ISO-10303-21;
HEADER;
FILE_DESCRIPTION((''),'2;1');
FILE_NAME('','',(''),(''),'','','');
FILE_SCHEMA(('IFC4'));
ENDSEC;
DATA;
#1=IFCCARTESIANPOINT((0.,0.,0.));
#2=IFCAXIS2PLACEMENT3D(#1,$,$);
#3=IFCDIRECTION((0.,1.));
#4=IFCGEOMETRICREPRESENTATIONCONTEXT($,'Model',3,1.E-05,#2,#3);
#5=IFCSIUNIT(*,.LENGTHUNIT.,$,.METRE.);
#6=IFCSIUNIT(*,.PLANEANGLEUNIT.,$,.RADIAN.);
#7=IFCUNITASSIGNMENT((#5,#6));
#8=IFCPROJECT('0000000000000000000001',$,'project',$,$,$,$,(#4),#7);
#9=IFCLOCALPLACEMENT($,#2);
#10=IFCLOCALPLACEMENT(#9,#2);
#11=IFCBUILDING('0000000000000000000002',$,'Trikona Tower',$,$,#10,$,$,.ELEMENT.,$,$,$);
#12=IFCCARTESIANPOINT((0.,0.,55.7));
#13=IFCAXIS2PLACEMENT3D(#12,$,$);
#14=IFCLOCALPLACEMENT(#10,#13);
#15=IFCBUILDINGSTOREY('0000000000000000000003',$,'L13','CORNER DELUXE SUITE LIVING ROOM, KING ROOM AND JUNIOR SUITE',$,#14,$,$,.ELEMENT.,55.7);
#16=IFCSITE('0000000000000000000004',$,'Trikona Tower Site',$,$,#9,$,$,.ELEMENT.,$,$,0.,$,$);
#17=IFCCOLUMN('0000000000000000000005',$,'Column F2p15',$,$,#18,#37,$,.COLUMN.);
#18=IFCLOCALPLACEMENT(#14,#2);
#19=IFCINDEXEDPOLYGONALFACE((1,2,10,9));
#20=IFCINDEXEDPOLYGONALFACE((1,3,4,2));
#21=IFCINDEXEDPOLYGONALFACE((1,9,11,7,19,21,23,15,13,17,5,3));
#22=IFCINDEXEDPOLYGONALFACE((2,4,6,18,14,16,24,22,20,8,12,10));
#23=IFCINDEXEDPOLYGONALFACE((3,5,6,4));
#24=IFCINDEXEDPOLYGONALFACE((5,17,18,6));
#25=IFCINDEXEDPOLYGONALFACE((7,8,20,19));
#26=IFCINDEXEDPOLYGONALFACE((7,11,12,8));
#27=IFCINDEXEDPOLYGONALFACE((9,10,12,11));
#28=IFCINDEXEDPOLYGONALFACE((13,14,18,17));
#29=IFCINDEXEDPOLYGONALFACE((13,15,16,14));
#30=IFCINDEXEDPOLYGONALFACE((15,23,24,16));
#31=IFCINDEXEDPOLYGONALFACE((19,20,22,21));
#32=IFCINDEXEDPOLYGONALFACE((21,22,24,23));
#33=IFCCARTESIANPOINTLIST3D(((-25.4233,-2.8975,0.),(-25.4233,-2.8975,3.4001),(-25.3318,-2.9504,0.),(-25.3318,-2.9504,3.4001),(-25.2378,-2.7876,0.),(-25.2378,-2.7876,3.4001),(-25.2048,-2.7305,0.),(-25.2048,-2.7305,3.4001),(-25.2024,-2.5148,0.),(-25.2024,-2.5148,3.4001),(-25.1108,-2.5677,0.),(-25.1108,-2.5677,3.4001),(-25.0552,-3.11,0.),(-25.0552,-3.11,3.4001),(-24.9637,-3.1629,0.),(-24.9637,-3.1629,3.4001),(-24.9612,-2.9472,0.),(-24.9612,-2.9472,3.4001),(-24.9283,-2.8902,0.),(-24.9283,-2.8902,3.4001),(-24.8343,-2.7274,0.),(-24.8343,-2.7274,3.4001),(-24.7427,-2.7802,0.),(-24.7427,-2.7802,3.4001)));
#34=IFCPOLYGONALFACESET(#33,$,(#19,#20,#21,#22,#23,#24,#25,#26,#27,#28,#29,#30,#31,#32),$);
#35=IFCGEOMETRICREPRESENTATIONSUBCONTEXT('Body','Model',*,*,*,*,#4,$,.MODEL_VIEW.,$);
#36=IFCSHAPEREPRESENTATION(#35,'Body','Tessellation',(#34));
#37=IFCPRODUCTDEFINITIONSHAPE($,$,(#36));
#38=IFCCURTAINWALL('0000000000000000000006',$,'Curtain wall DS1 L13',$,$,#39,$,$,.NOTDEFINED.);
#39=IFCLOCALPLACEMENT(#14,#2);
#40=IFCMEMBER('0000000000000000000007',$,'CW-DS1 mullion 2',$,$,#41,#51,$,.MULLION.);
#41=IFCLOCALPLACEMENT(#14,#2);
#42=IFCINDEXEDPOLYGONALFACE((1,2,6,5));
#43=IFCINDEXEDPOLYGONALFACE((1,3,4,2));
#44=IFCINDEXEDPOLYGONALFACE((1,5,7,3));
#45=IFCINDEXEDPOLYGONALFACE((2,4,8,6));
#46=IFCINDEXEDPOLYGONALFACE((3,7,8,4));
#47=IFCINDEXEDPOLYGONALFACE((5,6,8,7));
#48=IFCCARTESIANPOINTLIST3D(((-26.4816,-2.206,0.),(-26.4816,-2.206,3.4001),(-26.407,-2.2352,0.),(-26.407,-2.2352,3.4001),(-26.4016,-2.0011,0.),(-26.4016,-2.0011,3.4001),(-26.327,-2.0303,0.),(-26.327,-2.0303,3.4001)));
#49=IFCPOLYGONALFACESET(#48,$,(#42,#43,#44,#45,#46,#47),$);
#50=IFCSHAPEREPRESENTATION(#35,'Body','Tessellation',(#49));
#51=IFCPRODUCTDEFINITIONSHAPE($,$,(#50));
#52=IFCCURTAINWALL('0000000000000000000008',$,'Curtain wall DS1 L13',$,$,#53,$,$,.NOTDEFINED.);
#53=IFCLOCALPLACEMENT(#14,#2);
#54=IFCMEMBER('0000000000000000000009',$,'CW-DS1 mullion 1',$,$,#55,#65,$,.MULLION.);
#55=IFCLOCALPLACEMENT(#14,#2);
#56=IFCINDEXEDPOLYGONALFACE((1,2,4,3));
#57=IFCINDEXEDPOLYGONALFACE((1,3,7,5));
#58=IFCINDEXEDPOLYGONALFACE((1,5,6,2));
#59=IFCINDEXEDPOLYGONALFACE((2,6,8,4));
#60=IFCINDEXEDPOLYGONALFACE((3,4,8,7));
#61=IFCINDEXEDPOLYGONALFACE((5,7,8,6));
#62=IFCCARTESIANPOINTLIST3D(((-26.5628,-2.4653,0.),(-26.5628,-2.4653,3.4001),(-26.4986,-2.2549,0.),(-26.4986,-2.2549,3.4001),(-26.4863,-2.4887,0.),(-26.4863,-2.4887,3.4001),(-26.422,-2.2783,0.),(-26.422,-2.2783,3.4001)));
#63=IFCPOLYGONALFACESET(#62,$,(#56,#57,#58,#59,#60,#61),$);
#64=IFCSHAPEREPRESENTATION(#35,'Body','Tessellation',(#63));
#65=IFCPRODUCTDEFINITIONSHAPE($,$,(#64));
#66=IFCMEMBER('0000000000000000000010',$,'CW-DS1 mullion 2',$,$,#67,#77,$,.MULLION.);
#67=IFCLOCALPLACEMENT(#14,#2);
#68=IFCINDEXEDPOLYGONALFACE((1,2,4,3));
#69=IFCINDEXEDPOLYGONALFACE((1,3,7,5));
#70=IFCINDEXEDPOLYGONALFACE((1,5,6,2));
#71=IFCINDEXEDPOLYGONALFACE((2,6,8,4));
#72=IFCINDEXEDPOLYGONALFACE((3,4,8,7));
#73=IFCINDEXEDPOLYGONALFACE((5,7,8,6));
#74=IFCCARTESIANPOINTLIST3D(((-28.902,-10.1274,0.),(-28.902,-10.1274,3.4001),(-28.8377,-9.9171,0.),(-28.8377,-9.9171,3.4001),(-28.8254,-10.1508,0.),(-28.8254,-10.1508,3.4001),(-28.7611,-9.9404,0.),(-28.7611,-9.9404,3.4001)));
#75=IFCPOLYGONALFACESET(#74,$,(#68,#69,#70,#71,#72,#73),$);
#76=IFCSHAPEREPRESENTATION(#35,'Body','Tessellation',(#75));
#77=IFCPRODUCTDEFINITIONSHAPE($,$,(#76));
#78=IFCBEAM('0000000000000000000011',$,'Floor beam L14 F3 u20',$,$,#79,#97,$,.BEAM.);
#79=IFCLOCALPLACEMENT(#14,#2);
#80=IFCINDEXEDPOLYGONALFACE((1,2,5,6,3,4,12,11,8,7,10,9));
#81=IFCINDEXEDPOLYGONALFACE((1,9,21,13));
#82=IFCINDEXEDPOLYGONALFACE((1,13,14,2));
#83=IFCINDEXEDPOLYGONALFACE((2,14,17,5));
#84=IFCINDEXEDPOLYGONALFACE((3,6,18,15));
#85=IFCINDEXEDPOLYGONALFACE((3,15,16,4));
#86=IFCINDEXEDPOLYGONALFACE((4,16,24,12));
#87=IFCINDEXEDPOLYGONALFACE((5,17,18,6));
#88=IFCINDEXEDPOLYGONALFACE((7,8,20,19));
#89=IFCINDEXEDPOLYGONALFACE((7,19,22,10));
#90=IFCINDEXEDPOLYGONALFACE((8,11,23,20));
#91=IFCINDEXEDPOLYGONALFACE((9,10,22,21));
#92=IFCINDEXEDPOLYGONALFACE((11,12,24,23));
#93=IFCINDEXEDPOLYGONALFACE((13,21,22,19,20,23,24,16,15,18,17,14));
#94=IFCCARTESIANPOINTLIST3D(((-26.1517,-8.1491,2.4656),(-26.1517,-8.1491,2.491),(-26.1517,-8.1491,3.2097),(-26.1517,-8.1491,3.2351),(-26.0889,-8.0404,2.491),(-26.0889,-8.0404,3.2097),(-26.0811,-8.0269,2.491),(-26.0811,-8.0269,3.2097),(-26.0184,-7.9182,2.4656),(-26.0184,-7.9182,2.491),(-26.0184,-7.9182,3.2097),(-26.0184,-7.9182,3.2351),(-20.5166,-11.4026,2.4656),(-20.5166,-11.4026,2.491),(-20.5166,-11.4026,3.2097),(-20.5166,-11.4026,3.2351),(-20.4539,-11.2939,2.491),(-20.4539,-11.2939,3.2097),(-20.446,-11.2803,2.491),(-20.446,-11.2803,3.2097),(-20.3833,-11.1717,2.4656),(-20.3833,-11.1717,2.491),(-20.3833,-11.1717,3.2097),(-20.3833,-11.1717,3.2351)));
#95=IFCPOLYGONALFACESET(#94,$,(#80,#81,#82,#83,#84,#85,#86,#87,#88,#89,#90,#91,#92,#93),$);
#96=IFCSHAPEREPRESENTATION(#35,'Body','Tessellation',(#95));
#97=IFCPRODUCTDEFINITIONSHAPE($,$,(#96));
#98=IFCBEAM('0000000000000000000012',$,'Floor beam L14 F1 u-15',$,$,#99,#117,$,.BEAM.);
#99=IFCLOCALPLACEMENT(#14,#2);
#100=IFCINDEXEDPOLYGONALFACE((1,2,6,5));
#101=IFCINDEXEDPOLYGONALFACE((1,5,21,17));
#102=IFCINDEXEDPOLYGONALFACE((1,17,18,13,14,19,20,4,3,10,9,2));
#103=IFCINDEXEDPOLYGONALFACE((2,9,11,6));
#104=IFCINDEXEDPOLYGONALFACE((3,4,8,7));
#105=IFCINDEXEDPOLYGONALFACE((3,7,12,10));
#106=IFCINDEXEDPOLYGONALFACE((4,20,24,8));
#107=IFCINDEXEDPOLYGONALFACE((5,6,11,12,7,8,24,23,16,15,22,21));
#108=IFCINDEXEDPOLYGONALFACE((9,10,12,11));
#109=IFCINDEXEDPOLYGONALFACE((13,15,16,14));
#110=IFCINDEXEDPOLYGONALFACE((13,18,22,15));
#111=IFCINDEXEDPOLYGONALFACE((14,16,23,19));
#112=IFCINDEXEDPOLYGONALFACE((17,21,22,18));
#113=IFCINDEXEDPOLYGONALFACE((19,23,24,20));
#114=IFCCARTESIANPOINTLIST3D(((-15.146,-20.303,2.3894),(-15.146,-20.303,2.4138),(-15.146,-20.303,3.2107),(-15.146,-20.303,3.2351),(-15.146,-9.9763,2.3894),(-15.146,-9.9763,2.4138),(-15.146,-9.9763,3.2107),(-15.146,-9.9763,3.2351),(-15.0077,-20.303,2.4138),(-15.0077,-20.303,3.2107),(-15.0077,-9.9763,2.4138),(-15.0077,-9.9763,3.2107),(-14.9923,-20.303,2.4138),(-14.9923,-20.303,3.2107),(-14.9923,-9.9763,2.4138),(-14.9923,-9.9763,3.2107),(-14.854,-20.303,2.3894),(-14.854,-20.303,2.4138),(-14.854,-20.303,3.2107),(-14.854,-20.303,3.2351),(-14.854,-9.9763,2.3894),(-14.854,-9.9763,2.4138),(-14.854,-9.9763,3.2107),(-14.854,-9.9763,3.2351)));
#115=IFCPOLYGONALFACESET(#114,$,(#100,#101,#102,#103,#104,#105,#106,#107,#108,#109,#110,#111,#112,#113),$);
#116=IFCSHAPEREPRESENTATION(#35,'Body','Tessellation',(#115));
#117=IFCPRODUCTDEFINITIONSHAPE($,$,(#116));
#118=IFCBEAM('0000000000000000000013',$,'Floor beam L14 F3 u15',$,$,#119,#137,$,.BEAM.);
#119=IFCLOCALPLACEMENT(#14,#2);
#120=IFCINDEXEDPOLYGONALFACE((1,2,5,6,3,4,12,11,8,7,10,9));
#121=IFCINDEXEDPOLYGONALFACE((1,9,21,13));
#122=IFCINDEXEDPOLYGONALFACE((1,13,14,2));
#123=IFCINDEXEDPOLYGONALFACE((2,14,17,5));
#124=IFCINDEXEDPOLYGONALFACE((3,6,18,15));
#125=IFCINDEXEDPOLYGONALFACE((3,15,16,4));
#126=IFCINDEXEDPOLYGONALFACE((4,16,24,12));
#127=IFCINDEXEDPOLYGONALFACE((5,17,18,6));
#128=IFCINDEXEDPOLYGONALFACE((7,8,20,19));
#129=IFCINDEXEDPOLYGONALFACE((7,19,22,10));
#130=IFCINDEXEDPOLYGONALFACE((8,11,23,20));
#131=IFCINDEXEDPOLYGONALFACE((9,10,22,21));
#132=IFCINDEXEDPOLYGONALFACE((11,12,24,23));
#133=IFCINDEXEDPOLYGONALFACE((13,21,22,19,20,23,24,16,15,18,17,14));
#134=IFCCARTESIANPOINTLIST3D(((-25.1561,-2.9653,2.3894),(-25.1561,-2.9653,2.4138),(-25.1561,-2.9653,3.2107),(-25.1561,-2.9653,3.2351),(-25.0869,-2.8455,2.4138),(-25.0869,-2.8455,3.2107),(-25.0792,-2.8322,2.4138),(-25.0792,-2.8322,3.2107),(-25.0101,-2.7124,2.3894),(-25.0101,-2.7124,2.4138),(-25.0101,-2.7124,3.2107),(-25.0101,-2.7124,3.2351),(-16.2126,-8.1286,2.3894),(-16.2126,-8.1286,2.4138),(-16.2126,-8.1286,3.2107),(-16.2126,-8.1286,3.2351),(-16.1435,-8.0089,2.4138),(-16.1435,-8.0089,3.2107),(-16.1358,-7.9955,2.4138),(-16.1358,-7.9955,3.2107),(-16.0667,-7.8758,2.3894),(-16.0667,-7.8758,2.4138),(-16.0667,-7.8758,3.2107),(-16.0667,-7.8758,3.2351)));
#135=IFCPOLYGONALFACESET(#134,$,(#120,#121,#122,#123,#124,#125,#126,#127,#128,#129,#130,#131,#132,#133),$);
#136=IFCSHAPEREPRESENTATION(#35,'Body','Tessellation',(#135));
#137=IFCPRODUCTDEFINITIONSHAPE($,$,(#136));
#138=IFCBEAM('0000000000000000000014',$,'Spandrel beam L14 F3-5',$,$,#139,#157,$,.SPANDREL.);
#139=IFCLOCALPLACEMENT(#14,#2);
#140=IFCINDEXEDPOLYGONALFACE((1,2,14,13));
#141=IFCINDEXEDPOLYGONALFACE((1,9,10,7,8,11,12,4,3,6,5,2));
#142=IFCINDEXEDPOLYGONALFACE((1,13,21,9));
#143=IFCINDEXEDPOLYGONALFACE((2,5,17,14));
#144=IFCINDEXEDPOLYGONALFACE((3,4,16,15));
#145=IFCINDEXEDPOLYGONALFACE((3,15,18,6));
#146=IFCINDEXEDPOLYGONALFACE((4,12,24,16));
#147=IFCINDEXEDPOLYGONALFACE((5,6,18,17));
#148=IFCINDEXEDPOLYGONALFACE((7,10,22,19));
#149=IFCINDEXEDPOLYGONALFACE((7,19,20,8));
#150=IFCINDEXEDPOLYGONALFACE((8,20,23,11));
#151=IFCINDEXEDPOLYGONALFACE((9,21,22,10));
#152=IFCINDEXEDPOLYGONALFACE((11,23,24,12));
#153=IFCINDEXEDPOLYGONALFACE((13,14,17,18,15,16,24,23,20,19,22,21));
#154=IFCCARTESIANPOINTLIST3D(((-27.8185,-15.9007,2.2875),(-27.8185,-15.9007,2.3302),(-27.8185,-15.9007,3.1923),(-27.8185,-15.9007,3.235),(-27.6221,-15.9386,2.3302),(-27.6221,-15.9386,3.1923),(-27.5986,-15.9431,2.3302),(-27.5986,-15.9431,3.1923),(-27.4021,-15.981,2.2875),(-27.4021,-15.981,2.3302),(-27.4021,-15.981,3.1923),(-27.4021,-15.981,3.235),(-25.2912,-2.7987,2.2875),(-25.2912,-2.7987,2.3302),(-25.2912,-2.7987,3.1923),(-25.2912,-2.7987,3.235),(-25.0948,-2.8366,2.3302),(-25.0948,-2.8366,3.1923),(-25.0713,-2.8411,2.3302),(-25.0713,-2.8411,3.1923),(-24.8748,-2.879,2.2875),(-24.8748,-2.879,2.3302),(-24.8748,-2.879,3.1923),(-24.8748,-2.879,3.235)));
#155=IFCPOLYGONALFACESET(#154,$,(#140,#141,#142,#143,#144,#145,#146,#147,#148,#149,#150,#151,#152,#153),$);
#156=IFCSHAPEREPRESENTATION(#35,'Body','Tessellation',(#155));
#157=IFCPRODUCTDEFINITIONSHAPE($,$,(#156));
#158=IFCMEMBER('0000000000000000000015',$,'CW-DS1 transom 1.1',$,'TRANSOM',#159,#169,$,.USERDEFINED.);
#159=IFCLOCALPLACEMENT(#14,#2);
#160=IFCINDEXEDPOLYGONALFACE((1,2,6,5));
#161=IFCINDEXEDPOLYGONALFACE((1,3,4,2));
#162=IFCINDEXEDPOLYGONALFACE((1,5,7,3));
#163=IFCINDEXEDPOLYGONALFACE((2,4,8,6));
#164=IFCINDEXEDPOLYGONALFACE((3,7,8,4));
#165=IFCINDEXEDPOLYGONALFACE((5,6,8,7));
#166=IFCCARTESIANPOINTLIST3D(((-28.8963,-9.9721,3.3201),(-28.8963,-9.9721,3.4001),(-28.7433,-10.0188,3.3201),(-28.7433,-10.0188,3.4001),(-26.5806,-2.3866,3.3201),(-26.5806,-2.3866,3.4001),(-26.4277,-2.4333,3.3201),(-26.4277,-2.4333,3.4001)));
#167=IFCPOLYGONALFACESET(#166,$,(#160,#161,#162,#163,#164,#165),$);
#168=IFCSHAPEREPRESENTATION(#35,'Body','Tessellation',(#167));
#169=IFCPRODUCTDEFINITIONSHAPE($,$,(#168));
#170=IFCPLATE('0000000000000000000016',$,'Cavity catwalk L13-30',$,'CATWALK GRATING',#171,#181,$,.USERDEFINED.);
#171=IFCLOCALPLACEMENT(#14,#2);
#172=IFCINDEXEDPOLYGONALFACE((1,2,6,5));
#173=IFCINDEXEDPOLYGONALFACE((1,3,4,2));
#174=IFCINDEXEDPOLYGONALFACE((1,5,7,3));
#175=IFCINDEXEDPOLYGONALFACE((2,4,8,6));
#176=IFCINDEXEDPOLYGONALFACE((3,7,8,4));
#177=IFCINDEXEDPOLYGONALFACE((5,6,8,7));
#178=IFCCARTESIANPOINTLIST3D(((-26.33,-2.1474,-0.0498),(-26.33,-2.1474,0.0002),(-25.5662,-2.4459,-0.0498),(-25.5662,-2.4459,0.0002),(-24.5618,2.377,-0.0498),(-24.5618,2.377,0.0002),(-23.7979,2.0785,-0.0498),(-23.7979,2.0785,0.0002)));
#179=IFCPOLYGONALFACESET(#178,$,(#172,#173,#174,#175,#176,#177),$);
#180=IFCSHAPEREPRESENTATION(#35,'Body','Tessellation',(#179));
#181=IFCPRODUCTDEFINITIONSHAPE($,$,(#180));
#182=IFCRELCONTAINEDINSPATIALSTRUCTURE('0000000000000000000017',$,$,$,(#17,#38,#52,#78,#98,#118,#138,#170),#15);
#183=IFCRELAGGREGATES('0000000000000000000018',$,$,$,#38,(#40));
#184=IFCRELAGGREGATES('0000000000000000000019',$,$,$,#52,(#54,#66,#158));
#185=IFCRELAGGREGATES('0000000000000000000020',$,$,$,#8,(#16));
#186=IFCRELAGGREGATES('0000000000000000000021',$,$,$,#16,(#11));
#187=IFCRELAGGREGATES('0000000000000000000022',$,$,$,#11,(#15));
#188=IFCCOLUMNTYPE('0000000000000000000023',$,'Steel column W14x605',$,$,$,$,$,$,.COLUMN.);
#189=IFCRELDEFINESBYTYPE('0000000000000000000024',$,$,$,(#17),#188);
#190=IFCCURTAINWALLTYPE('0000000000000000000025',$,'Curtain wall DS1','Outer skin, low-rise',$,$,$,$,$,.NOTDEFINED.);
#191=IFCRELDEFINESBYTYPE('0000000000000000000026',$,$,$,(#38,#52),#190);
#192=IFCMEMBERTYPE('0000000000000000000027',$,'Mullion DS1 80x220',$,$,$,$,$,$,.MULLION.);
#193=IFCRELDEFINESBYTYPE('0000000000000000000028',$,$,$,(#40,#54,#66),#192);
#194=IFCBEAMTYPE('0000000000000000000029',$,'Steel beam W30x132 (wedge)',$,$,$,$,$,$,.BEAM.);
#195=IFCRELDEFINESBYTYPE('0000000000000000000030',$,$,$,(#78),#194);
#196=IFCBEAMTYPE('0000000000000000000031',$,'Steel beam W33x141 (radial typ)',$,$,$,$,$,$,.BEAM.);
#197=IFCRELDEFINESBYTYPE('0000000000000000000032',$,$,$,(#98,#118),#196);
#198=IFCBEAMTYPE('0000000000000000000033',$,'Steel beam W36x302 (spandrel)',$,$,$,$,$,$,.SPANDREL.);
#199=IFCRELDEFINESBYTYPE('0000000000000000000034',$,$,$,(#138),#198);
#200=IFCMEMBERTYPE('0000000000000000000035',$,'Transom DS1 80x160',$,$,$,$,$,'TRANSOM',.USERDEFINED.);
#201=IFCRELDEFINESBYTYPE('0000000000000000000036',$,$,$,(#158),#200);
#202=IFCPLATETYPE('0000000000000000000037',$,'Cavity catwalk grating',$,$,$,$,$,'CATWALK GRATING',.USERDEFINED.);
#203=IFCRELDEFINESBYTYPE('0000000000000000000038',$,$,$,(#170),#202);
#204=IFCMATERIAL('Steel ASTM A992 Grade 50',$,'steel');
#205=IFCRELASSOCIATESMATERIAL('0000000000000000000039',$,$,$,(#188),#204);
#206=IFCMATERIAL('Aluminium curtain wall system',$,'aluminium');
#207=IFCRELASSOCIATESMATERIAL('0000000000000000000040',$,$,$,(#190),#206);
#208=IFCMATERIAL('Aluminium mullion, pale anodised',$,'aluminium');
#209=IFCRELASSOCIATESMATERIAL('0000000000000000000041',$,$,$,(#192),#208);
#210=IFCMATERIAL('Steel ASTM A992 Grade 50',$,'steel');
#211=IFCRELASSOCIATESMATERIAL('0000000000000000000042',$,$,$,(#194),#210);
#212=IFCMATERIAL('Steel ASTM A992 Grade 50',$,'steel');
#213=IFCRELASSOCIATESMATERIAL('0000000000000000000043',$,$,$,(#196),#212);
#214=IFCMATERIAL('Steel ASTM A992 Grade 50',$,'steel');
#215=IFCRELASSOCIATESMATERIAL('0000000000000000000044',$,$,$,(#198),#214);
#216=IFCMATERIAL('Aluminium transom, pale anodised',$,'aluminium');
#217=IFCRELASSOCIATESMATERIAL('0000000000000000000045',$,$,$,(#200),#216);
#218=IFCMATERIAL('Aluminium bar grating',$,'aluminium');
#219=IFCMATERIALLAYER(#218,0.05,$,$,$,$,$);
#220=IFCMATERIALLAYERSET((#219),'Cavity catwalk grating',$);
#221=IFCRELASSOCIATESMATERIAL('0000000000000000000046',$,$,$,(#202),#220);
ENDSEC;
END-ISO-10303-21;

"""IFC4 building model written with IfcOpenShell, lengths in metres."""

from ifc_helpers import new_model, si_unit, direction, frame, origin, origin_2d, place, context, subcontext, project, spatial, rectangle, i_section, extrude, material, layer, layer_set, material_profile, profile_set, type_object, element, aggregate, save


model = new_model("IFC4")

# Units and contexts
model_context = context("Model", 3, precision=1e-05, world=origin(), true_north=direction((0.0, 1.0)))
body_context = subcontext(model_context, "Body", "Model", "MODEL_VIEW")
ifc_project = project(units=[si_unit("LENGTHUNIT", "METRE"), si_unit("PLANEANGLEUNIT", "RADIAN")], contexts=[model_context])

# Site, building, storey
site_placement = place(None, origin())
site = spatial("IfcSite", under=ifc_project, at=site_placement, Name="Trikona Tower Site", CompositionType="ELEMENT", RefElevation=0.0)
building_placement = place(site_placement, origin())
building = spatial("IfcBuilding", under=site, at=building_placement, Name="Trikona Tower", CompositionType="ELEMENT")
storey_placement = place(building_placement, frame((0.0, 0.0, 55.7)))
storey = spatial("IfcBuildingStorey", under=building, at=storey_placement, Name="L13", Description="CORNER DELUXE SUITE LIVING ROOM, KING ROOM AND JUNIOR SUITE", CompositionType="ELEMENT", Elevation=55.7)

# Column
ifc_material_1 = material(Name="Steel ASTM A992 Grade 50", Category="steel")
ifc_material_profile_1 = material_profile(ifc_material_1, i_section(OverallWidth=0.4419, OverallDepth=0.5308, WebThickness=0.0659, FlangeThickness=0.1057, at=origin_2d()), Name="W14X605")
ifc_profile_set_1 = profile_set([ifc_material_profile_1], Name="Steel ASTM A992 Grade 50")
column_type = type_object("IfcColumnType", Name="Steel column W14x605", PredefinedType="COLUMN", material=ifc_profile_set_1)
column_placement = place(storey_placement, frame((-25.083, -2.8389, 0.0), z_axis=(0.0, 0.0, 1.0), x_axis=(-0.5, -0.866025, 0.0)))
element("IfcColumn", 1, at=column_placement, inside=storey, type_object=column_type, Name="Column F2p15", PredefinedType="COLUMN", context=body_context, shape_type="SweptSolid", body=[
    extrude(i_section(OverallWidth=0.4419, OverallDepth=0.5308, WebThickness=0.0659, FlangeThickness=0.1057, at=origin_2d()), origin(), (0.0, 0.0, 1.0), 3.4001),
])

# Curtain wall, member
ifc_material_2 = material(Name="Aluminium curtain wall system", Category="aluminium")
curtain_wall_type = type_object("IfcCurtainWallType", Name="Curtain wall DS1", Description="Outer skin, low-rise", PredefinedType="NOTDEFINED", material=ifc_material_2)
curtain_wall_1_placement = place(storey_placement, origin())
curtain_wall_1 = element("IfcCurtainWall", 2, at=curtain_wall_1_placement, inside=storey, type_object=curtain_wall_type, Name="Curtain wall DS1 L13", PredefinedType="NOTDEFINED")
ifc_material_3 = material(Name="Aluminium mullion, pale anodised", Category="aluminium")
ifc_material_profile_2 = material_profile(ifc_material_3, rectangle(XDim=0.0801, YDim=0.22, at=origin_2d()), Name="MUL-DS1")
ifc_profile_set_2 = profile_set([ifc_material_profile_2], Name="Aluminium mullion, pale anodised")
member_type_1 = type_object("IfcMemberType", Name="Mullion DS1 80x220", PredefinedType="MULLION", material=ifc_profile_set_2)
member_1_placement = place(storey_placement, frame((-26.4043, -2.1182, 0.0), z_axis=(0.0, 0.0, 1.0), x_axis=(0.931396, -0.364008, 0.0)))
member_1 = element("IfcMember", 3, at=member_1_placement, type_object=member_type_1, Name="CW-DS1 mullion 2", PredefinedType="MULLION", context=body_context, shape_type="SweptSolid", body=[
    extrude(rectangle(XDim=0.0801, YDim=0.22, at=origin_2d()), origin(), (0.0, 0.0, 1.0), 3.4001),
])

# Curtain wall, members
curtain_wall_2_placement = place(storey_placement, origin())
curtain_wall_2 = element("IfcCurtainWall", 4, at=curtain_wall_2_placement, inside=storey, type_object=curtain_wall_type, Name="Curtain wall DS1 L13", PredefinedType="NOTDEFINED")
member_2_placement = place(storey_placement, frame((-26.4924, -2.3718, 0.0), z_axis=(0.0, 0.0, 1.0), x_axis=(0.956423, -0.291984, 0.0)))
member_2 = element("IfcMember", 5, at=member_2_placement, type_object=member_type_1, Name="CW-DS1 mullion 1", PredefinedType="MULLION", context=body_context, shape_type="SweptSolid", body=[
    extrude(rectangle(XDim=0.0801, YDim=0.22, at=origin_2d()), origin(), (0.0, 0.0, 1.0), 3.4001),
])
member_3_placement = place(storey_placement, frame((-28.8315, -10.0339, 0.0), z_axis=(0.0, 0.0, 1.0), x_axis=(0.956423, -0.291984, 0.0)))
member_3 = element("IfcMember", 6, at=member_3_placement, type_object=member_type_1, Name="CW-DS1 mullion 2", PredefinedType="MULLION", context=body_context, shape_type="SweptSolid", body=[
    extrude(rectangle(XDim=0.0801, YDim=0.22, at=origin_2d()), origin(), (0.0, 0.0, 1.0), 3.4001),
])

# Beams
ifc_material_4 = material(Name="Steel ASTM A992 Grade 50", Category="steel")
ifc_material_profile_3 = material_profile(ifc_material_4, i_section(OverallWidth=0.2666, OverallDepth=0.7695, WebThickness=0.0156, FlangeThickness=0.0254, at=origin_2d()), Name="W30X132")
ifc_profile_set_3 = profile_set([ifc_material_profile_3], Name="Steel ASTM A992 Grade 50")
beam_type_1 = type_object("IfcBeamType", Name="Steel beam W30x132 (wedge)", PredefinedType="BEAM", material=ifc_profile_set_3)
beam_1_placement = place(storey_placement, frame((-20.45, -11.2871, 2.8503), z_axis=(-0.866023, 0.500005, 0.0), x_axis=(-0.500005, -0.866023, 0.0)))
element("IfcBeam", 7, at=beam_1_placement, inside=storey, type_object=beam_type_1, Name="Floor beam L14 F3 u20", PredefinedType="BEAM", context=body_context, shape_type="SweptSolid", body=[
    extrude(i_section(OverallWidth=0.2666, OverallDepth=0.7695, WebThickness=0.0156, FlangeThickness=0.0254, at=origin_2d()), origin(), (0.0, 0.0, 1.0), 6.5068),
])
ifc_material_5 = material(Name="Steel ASTM A992 Grade 50", Category="steel")
ifc_material_profile_4 = material_profile(ifc_material_5, i_section(OverallWidth=0.292, OverallDepth=0.8457, WebThickness=0.0154, FlangeThickness=0.0244, at=origin_2d()), Name="W33X141")
ifc_profile_set_4 = profile_set([ifc_material_profile_4], Name="Steel ASTM A992 Grade 50")
beam_type_2 = type_object("IfcBeamType", Name="Steel beam W33x141 (radial typ)", PredefinedType="BEAM", material=ifc_profile_set_4)
beam_2_placement = place(storey_placement, frame((-15.0, -9.9763, 2.8123), z_axis=(0.0, -1.0, 0.0), x_axis=(1.0, 0.0, 0.0)))
element("IfcBeam", 8, at=beam_2_placement, inside=storey, type_object=beam_type_2, Name="Floor beam L14 F1 u-15", PredefinedType="BEAM", context=body_context, shape_type="SweptSolid", body=[
    extrude(i_section(OverallWidth=0.292, OverallDepth=0.8457, WebThickness=0.0154, FlangeThickness=0.0244, at=origin_2d()), origin(), (0.0, 0.0, 1.0), 10.3267),
])
beam_3_placement = place(storey_placement, frame((-16.1396, -8.0022, 2.8123), z_axis=(-0.86603, 0.499991, 0.0), x_axis=(-0.499991, -0.86603, 0.0)))
element("IfcBeam", 9, at=beam_3_placement, inside=storey, type_object=beam_type_2, Name="Floor beam L14 F3 u15", PredefinedType="BEAM", context=body_context, shape_type="SweptSolid", body=[
    extrude(i_section(OverallWidth=0.292, OverallDepth=0.8457, WebThickness=0.0154, FlangeThickness=0.0244, at=origin_2d()), origin(), (0.0, 0.0, 1.0), 10.3269),
])
ifc_material_6 = material(Name="Steel ASTM A992 Grade 50", Category="steel")
ifc_material_profile_5 = material_profile(ifc_material_6, i_section(OverallWidth=0.4241, OverallDepth=0.9475, WebThickness=0.0239, FlangeThickness=0.0427, at=origin_2d()), Name="W36X302")
ifc_profile_set_5 = profile_set([ifc_material_profile_5], Name="Steel ASTM A992 Grade 50")
beam_type_3 = type_object("IfcBeamType", Name="Steel beam W36x302 (spandrel)", PredefinedType="SPANDREL", material=ifc_profile_set_5)
beam_4_placement = place(storey_placement, frame((-25.083, -2.8389, 2.7612), z_axis=(-0.189405, -0.981899, 0.0), x_axis=(0.981899, -0.189405, 0.0)))
element("IfcBeam", 10, at=beam_4_placement, inside=storey, type_object=beam_type_3, Name="Spandrel beam L14 F3-5", PredefinedType="SPANDREL", context=body_context, shape_type="SweptSolid", body=[
    extrude(i_section(OverallWidth=0.4241, OverallDepth=0.9475, WebThickness=0.0239, FlangeThickness=0.0427, at=origin_2d()), origin(), (0.0, 0.0, 1.0), 13.3435),
])

# Member
ifc_material_7 = material(Name="Aluminium transom, pale anodised", Category="aluminium")
ifc_material_profile_6 = material_profile(ifc_material_7, rectangle(XDim=0.1599, YDim=0.0801, at=origin_2d()), Name="TRN-DS1")
ifc_profile_set_6 = profile_set([ifc_material_profile_6], Name="Aluminium transom, pale anodised")
member_type_2 = type_object("IfcMemberType", Name="Transom DS1 80x160", ElementType="TRANSOM", PredefinedType="USERDEFINED", material=ifc_profile_set_6)
member_4_placement = place(storey_placement, frame((-26.5042, -2.4099, 3.3601), z_axis=(-0.291967, -0.956428, 0.0), x_axis=(0.956428, -0.291967, 0.0)))
member_4 = element("IfcMember", 11, at=member_4_placement, type_object=member_type_2, Name="CW-DS1 transom 1.1", ObjectType="TRANSOM", PredefinedType="USERDEFINED", context=body_context, shape_type="SweptSolid", body=[
    extrude(rectangle(XDim=0.1599, YDim=0.0801, at=origin_2d()), origin(), (0.0, 0.0, 1.0), 7.9312),
])

# Plate
ifc_material_8 = material(Name="Aluminium bar grating", Category="aluminium")
ifc_layer_1 = layer(ifc_material_8, 0.05)
ifc_layer_set_1 = layer_set([ifc_layer_1], Name="Cavity catwalk grating")
plate_type_1 = type_object("IfcPlateType", Name="Cavity catwalk grating", ElementType="CATWALK GRATING", PredefinedType="USERDEFINED", material=ifc_layer_set_1)
plate_1_placement = place(storey_placement, frame((-25.064, -0.0344, -0.0498), z_axis=(0.0, 0.0, 1.0), x_axis=(-0.364009, -0.931395, 0.0)))
element("IfcPlate", 12, at=plate_1_placement, inside=storey, type_object=plate_type_1, Name="Cavity catwalk L13-30", ObjectType="CATWALK GRATING", PredefinedType="USERDEFINED", context=body_context, shape_type="SweptSolid", body=[
    extrude(rectangle(XDim=4.8577, YDim=0.8201, at=origin_2d()), origin(), (0.0, 0.0, 1.0), 0.05),
])

aggregate(curtain_wall_1, [member_1])
aggregate(curtain_wall_2, [member_2, member_3, member_4])

save(model, "model.ifc")
